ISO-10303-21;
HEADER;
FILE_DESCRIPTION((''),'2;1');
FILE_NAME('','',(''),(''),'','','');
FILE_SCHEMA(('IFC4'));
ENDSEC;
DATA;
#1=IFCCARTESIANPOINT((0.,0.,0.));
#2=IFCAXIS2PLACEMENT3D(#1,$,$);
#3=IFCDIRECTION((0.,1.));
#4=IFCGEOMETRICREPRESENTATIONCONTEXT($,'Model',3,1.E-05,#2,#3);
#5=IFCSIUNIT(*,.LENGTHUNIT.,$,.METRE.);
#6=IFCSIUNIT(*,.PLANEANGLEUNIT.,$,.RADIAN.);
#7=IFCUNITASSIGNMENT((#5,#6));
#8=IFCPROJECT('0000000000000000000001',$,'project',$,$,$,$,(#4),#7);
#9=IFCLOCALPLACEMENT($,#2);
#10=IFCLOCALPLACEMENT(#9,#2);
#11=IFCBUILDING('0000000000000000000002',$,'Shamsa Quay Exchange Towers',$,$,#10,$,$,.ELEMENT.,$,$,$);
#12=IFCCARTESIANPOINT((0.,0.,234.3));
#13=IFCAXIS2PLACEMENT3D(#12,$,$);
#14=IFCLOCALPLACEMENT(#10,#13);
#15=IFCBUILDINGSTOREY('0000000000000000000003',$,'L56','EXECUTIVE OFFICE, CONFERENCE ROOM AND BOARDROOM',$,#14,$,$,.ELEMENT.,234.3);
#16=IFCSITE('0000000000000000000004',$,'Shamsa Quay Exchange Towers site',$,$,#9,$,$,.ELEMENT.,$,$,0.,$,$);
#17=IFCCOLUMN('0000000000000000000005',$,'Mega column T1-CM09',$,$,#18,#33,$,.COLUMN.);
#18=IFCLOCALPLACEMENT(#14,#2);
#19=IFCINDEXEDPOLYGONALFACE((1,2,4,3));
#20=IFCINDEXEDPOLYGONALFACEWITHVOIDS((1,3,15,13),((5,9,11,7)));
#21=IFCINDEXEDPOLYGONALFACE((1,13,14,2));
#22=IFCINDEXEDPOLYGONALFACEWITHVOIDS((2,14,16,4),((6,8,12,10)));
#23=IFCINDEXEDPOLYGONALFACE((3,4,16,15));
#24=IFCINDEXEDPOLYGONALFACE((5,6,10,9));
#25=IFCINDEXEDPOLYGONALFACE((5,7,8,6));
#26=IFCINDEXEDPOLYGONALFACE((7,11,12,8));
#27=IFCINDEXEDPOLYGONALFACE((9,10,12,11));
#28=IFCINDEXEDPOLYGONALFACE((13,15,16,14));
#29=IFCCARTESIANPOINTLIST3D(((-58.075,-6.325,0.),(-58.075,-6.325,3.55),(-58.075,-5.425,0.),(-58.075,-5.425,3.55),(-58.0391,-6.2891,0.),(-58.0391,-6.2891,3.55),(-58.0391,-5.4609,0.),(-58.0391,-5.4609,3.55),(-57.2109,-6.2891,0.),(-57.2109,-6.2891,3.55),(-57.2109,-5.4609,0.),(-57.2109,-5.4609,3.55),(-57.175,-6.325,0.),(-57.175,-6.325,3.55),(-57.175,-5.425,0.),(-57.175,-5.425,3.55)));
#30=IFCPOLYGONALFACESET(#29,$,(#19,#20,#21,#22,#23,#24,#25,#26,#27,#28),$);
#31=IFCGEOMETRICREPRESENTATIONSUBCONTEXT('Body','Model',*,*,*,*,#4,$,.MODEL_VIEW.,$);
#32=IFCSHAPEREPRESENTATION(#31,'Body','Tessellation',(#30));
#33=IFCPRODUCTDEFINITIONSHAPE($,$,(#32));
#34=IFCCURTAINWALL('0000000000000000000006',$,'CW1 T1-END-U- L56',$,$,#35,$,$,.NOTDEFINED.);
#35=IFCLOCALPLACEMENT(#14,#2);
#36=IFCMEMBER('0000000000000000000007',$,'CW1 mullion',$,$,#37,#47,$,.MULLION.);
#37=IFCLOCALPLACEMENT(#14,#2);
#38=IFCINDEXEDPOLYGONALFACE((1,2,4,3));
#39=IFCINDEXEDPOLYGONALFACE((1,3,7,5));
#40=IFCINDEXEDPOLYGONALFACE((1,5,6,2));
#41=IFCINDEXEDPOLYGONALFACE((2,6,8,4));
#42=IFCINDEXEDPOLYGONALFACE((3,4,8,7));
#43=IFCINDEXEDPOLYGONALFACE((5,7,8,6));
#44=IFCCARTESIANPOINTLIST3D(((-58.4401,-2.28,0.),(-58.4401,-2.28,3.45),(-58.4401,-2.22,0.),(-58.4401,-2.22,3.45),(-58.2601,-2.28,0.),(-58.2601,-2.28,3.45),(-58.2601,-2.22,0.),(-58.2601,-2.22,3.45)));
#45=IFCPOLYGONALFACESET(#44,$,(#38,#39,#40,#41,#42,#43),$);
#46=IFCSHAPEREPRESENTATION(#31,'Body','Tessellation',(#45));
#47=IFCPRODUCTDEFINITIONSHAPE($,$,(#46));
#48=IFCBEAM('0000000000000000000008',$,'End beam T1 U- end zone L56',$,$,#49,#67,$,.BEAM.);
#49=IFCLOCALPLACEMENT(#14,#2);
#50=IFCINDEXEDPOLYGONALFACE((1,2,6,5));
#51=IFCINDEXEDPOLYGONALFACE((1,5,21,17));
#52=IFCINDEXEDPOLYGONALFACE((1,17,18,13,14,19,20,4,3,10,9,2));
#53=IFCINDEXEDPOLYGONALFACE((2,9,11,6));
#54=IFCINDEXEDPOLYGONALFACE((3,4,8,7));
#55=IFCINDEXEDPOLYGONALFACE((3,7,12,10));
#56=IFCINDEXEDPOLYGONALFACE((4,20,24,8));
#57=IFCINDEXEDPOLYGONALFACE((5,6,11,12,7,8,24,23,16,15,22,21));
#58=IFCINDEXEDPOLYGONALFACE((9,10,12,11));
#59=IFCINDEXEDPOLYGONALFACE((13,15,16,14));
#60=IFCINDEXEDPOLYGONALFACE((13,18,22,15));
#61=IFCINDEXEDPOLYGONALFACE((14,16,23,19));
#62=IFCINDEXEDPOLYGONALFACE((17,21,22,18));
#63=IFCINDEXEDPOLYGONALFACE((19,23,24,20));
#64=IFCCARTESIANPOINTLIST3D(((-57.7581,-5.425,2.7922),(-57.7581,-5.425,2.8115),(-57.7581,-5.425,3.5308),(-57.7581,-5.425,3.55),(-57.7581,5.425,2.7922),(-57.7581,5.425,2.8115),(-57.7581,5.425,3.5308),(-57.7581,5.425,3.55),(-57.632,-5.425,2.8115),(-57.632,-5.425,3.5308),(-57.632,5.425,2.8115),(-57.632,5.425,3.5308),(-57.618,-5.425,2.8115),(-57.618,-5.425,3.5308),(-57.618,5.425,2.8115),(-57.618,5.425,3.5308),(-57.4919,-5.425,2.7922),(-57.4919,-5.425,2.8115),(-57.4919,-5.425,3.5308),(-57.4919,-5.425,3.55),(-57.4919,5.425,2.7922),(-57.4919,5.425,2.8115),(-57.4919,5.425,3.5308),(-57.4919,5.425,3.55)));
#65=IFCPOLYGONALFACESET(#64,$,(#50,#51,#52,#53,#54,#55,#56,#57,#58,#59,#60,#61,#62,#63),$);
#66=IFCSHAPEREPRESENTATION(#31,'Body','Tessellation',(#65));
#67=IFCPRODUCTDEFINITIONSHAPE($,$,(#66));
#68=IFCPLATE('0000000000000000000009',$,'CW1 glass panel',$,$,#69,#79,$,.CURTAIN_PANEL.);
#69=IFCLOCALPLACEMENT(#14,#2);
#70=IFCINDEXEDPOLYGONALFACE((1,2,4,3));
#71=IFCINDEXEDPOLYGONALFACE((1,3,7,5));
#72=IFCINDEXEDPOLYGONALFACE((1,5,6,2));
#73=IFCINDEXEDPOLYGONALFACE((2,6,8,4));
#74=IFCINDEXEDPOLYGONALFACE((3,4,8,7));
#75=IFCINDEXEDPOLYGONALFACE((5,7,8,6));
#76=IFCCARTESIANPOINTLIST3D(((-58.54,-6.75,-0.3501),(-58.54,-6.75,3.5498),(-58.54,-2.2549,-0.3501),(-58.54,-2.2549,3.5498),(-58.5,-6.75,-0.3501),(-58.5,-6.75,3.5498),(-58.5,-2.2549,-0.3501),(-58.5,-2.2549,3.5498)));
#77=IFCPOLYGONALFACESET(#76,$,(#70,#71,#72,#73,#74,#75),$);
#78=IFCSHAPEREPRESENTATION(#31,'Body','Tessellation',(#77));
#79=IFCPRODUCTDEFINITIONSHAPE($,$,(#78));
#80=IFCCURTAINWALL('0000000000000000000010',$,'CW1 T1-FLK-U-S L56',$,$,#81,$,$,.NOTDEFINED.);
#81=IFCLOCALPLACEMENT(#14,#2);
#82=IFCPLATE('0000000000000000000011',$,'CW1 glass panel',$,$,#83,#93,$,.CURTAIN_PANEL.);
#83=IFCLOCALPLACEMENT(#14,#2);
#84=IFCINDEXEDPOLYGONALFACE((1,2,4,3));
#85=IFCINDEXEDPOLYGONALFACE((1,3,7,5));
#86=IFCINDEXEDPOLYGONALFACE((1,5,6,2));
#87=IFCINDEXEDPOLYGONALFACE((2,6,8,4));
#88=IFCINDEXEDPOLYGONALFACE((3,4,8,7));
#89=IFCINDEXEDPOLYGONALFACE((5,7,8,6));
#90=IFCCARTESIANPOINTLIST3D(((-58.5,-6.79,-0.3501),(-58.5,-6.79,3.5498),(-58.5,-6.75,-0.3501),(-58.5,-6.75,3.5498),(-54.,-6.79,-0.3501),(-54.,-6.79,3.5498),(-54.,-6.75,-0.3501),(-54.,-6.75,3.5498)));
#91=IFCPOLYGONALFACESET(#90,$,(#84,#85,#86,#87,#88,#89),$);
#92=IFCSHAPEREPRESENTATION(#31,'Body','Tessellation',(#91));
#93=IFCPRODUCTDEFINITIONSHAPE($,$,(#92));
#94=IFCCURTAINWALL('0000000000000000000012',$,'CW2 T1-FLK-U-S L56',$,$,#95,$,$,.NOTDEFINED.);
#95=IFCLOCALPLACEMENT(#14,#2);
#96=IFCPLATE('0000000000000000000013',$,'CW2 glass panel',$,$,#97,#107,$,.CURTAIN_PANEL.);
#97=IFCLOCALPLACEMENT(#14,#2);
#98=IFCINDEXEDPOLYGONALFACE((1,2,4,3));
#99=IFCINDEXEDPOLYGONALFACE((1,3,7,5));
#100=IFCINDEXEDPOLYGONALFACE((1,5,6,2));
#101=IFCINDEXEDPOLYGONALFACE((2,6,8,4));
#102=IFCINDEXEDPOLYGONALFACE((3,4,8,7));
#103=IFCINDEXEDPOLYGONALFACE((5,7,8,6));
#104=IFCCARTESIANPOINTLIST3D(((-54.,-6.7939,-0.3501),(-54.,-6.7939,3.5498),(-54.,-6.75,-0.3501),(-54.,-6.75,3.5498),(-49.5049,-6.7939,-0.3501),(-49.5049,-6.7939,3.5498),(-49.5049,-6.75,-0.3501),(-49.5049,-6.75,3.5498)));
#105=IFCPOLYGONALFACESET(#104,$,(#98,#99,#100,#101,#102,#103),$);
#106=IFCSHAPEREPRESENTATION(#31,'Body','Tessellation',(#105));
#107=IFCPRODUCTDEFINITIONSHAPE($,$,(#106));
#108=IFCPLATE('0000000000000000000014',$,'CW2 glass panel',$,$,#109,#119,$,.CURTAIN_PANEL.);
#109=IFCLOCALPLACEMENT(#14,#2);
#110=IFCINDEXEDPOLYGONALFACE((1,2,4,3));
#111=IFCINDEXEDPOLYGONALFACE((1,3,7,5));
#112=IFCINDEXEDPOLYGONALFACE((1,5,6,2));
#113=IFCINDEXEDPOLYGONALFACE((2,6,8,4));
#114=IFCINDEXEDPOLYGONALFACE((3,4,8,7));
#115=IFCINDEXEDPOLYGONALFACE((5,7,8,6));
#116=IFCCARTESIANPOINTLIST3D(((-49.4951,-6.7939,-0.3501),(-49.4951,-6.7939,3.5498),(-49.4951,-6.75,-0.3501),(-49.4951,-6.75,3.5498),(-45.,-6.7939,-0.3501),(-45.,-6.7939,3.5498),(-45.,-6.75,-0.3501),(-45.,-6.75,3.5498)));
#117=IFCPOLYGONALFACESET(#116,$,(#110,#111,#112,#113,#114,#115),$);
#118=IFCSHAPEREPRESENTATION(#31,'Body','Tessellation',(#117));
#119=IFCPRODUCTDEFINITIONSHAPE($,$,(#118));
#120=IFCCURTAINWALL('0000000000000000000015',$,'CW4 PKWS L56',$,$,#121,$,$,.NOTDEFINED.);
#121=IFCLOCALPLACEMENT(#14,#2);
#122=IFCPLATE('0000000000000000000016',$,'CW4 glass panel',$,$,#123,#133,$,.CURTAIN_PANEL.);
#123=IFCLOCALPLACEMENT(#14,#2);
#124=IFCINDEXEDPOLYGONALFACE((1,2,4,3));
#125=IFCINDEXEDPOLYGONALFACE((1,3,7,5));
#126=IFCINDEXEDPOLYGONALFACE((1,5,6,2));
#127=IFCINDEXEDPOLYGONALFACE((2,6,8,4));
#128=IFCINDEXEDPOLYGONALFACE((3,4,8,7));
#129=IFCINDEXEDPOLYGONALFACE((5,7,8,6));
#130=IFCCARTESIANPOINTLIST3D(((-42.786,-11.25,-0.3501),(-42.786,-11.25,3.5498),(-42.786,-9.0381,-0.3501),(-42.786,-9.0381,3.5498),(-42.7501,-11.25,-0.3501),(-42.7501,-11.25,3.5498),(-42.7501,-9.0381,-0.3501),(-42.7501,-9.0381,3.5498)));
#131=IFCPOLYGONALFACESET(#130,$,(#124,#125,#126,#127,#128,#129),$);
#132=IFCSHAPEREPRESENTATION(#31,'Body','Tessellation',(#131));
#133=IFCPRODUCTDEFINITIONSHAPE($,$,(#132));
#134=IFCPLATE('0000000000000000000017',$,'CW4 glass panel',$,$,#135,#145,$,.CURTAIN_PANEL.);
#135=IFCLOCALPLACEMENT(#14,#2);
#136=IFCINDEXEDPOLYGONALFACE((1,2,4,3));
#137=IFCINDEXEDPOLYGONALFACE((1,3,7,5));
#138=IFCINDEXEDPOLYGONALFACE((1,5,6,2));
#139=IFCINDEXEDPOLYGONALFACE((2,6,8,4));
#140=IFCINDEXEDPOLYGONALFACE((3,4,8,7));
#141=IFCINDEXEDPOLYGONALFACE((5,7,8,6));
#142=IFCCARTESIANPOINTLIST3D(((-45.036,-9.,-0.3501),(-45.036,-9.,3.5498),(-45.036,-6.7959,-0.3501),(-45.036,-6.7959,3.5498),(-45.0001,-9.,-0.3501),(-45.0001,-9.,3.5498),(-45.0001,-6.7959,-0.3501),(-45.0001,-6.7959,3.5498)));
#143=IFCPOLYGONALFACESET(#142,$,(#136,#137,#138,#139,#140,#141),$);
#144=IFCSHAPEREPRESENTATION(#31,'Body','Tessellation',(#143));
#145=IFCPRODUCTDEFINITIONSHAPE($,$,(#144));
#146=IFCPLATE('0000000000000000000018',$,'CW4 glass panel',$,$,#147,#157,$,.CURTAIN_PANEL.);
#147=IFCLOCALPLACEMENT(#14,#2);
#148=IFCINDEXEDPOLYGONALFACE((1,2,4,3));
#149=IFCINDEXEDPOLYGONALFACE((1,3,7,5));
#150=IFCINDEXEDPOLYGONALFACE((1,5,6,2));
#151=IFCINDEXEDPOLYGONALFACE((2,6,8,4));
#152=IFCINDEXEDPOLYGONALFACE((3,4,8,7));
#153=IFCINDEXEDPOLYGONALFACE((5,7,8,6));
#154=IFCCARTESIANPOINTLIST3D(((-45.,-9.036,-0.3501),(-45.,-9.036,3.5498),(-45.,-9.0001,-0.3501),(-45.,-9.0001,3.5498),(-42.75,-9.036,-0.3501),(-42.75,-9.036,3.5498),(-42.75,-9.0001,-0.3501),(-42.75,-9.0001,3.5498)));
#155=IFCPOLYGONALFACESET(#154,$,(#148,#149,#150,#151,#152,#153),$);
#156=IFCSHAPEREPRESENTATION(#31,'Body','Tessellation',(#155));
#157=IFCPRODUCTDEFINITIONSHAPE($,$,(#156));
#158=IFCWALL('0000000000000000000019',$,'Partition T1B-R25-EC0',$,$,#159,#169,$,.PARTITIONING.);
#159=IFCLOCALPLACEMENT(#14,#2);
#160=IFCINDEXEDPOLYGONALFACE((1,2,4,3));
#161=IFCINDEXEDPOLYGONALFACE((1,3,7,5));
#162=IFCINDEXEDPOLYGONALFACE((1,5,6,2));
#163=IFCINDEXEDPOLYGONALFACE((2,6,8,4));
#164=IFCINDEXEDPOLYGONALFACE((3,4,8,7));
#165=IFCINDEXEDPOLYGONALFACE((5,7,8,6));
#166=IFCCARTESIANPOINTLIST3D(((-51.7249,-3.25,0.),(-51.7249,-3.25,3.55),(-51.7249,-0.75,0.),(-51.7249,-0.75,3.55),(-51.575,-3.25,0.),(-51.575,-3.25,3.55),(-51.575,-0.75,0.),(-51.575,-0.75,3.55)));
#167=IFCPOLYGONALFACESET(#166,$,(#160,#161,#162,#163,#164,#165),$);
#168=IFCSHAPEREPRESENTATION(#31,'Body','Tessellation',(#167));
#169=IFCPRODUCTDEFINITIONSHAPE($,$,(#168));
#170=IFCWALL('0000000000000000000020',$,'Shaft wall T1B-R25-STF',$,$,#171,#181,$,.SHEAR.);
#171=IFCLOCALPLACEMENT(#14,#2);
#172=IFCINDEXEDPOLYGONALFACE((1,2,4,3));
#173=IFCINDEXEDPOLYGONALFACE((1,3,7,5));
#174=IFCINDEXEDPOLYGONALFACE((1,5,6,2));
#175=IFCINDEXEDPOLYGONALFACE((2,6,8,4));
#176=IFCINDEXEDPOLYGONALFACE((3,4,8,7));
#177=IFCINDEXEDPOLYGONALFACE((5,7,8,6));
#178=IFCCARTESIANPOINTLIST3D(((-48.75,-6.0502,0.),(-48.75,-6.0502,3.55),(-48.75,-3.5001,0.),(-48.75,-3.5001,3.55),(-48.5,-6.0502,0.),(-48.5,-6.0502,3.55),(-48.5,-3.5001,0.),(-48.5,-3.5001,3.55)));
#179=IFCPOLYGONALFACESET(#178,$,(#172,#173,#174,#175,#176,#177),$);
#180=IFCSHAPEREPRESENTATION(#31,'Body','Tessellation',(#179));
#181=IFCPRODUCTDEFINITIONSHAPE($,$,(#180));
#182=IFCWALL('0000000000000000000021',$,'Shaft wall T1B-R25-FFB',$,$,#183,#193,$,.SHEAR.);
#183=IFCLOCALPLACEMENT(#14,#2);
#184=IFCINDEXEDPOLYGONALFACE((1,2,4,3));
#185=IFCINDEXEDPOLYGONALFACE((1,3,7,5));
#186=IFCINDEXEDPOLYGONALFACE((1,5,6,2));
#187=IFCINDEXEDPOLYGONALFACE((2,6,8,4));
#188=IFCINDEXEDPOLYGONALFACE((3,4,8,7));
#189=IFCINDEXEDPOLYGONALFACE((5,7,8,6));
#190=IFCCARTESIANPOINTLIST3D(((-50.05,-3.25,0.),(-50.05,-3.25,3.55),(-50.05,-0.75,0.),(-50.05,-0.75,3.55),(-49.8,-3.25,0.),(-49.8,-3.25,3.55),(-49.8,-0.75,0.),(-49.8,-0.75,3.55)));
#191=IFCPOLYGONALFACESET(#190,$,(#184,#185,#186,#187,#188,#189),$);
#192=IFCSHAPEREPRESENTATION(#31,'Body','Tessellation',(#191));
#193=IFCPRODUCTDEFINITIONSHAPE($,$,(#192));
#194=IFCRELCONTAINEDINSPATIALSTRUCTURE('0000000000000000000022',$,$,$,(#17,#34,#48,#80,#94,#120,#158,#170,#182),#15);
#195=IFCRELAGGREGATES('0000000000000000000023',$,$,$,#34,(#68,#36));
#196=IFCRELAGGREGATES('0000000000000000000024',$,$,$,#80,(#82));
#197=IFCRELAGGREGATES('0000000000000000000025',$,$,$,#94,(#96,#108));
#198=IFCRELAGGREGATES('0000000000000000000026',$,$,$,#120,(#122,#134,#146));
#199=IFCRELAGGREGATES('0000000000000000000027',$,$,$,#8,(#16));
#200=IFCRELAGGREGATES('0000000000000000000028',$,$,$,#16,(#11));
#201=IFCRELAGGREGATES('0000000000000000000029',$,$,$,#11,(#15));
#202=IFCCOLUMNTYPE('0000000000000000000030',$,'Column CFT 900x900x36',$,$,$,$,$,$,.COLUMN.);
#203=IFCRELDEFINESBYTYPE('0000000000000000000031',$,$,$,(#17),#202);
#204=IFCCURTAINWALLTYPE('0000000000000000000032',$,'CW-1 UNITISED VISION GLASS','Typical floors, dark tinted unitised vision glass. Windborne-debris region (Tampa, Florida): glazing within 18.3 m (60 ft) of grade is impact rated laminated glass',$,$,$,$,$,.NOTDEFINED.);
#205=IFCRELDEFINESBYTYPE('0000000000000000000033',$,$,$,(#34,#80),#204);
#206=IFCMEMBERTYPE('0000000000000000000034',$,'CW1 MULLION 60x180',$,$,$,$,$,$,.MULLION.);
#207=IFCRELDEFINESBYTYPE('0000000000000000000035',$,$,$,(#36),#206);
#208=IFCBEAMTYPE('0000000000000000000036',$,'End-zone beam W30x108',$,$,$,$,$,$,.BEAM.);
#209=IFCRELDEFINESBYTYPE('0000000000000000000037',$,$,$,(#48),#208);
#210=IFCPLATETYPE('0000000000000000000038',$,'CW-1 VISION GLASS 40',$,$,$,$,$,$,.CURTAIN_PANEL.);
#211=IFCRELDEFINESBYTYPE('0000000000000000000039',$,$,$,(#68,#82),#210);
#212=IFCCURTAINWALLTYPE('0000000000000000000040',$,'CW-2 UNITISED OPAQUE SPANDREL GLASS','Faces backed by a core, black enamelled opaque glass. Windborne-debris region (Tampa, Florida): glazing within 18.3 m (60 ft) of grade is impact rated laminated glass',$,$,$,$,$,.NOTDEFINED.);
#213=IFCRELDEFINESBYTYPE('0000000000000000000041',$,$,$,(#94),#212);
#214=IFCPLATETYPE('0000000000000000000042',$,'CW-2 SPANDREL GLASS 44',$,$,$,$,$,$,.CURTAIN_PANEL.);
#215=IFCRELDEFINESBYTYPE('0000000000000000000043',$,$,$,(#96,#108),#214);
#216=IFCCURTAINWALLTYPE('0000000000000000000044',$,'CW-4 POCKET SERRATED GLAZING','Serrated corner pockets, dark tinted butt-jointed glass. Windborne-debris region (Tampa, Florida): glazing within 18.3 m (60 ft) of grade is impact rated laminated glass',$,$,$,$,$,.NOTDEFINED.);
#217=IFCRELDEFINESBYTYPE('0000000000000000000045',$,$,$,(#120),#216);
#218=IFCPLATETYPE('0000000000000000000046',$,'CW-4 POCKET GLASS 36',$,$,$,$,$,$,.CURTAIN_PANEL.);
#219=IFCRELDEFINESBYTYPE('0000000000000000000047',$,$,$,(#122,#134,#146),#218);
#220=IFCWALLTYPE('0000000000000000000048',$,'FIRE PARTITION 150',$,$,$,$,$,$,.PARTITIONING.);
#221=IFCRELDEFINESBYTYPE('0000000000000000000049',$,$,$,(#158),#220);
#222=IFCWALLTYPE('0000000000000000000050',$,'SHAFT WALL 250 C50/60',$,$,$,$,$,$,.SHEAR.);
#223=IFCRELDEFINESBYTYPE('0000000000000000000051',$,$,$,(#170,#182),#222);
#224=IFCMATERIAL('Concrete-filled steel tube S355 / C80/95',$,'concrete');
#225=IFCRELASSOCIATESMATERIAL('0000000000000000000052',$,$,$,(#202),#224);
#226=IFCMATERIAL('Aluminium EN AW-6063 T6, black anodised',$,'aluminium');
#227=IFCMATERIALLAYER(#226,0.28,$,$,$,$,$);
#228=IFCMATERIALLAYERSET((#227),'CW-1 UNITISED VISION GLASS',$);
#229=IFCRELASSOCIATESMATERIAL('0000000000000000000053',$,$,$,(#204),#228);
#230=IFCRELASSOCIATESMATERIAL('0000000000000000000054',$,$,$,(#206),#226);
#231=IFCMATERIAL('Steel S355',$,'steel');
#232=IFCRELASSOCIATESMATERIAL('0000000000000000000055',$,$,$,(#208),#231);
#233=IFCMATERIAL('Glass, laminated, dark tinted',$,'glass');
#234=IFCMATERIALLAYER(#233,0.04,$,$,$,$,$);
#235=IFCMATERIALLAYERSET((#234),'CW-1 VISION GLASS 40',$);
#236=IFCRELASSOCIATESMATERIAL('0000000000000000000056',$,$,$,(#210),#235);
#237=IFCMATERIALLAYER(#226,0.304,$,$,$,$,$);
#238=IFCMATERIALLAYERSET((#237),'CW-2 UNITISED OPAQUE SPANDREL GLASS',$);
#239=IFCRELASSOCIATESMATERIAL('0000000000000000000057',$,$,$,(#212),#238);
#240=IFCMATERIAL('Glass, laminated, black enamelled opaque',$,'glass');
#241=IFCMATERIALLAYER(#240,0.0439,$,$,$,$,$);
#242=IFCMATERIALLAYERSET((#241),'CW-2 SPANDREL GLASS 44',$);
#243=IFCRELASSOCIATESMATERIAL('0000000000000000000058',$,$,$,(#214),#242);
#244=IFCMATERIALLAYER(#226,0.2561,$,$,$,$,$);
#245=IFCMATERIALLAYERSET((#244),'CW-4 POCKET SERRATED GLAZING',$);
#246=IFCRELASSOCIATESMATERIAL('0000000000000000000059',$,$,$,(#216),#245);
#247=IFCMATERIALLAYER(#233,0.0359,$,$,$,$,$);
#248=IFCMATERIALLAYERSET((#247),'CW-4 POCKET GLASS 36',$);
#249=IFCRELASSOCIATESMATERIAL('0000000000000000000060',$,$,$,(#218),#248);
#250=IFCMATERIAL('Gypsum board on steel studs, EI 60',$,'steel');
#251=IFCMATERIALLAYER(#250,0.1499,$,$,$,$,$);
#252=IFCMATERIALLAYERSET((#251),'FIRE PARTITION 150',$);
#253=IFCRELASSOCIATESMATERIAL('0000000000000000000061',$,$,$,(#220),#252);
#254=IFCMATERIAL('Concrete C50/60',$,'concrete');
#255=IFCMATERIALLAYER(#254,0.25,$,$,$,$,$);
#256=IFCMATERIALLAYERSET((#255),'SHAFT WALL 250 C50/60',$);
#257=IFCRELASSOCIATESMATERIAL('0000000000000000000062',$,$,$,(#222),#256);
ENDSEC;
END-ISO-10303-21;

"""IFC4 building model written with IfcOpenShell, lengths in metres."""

from ifc_helpers import new_model, si_unit, direction, frame, frame_2d, origin, origin_2d, place, context, subcontext, project, spatial, rectangle, hollow_rectangle, i_section, extrude, material, layer, layer_set, material_profile, profile_set, type_object, element, aggregate, save


model = new_model("IFC4")

# Units and contexts
model_context = context("Model", 3, precision=1e-05, world=origin(), true_north=direction((0.0, 1.0)))
body_context = subcontext(model_context, "Body", "Model", "MODEL_VIEW")
ifc_project = project(units=[si_unit("LENGTHUNIT", "METRE"), si_unit("PLANEANGLEUNIT", "RADIAN")], contexts=[model_context])

# Site, building, storey
site_placement = place(None, origin())
site = spatial("IfcSite", under=ifc_project, at=site_placement, Name="Shamsa Quay Exchange Towers site", CompositionType="ELEMENT", RefElevation=0.0)
building_placement = place(site_placement, origin())
building = spatial("IfcBuilding", under=site, at=building_placement, Name="Shamsa Quay Exchange Towers", CompositionType="ELEMENT")
storey_placement = place(building_placement, frame((0.0, 0.0, 234.3)))
storey = spatial("IfcBuildingStorey", under=building, at=storey_placement, Name="L56", Description="EXECUTIVE OFFICE, CONFERENCE ROOM AND BOARDROOM", CompositionType="ELEMENT", Elevation=234.3)

# Column
ifc_material_1 = material(Name="Concrete-filled steel tube S355 / C80/95", Category="concrete")
ifc_material_profile_1 = material_profile(ifc_material_1, hollow_rectangle(XDim=0.8999, YDim=0.8999, WallThickness=0.0359, at=origin_2d()), Name="CFT 900x900x36")
ifc_profile_set_1 = profile_set([ifc_material_profile_1], Name="Concrete-filled steel tube S355 / C80/95")
column_type = type_object("IfcColumnType", Name="Column CFT 900x900x36", PredefinedType="COLUMN", material=ifc_profile_set_1)
column_placement = place(storey_placement, frame((-57.625, -5.875, 0.0)))
element("IfcColumn", 1, at=column_placement, inside=storey, type_object=column_type, Name="Mega column T1-CM09", PredefinedType="COLUMN", context=body_context, shape_type="SweptSolid", body=[
    extrude(hollow_rectangle(XDim=0.8999, YDim=0.8999, WallThickness=0.0359, at=origin_2d()), origin(), (0.0, 0.0, 1.0), 3.55),
])

# Curtain wall, member
ifc_material_2 = material(Name="Aluminium EN AW-6063 T6, black anodised", Category="aluminium")
ifc_layer_1 = layer(ifc_material_2, 0.28)
ifc_layer_set_1 = layer_set([ifc_layer_1], Name="CW-1 UNITISED VISION GLASS")
curtain_wall_type_1 = type_object("IfcCurtainWallType", Name="CW-1 UNITISED VISION GLASS", Description="Typical floors, dark tinted unitised vision glass. Windborne-debris region (Tampa, Florida): glazing within 18.3 m (60 ft) of grade is impact rated laminated glass", PredefinedType="NOTDEFINED", material=ifc_layer_set_1)
curtain_wall_1_placement = place(storey_placement, origin())
curtain_wall_1 = element("IfcCurtainWall", 2, at=curtain_wall_1_placement, inside=storey, type_object=curtain_wall_type_1, Name="CW1 T1-END-U- L56", PredefinedType="NOTDEFINED")
ifc_material_profile_2 = material_profile(ifc_material_2, rectangle(XDim=0.1799, YDim=0.0601, at=origin_2d()), Name="MU60x180")
ifc_profile_set_2 = profile_set([ifc_material_profile_2], Name="Aluminium EN AW-6063 T6, black anodised")
member_type = type_object("IfcMemberType", Name="CW1 MULLION 60x180", PredefinedType="MULLION", material=ifc_profile_set_2)
member_placement = place(storey_placement, frame((-58.3501, -2.25, 0.0)))
member = element("IfcMember", 3, at=member_placement, type_object=member_type, Name="CW1 mullion", PredefinedType="MULLION", context=body_context, shape_type="SweptSolid", body=[
    extrude(rectangle(XDim=0.1799, YDim=0.0601, at=origin_2d()), origin(), (0.0, 0.0, 1.0), 3.45),
])

# Beam
ifc_material_3 = material(Name="Steel S355", Category="steel")
ifc_material_profile_3 = material_profile(ifc_material_3, i_section(OverallWidth=0.2661, OverallDepth=0.7578, WebThickness=0.0139, FlangeThickness=0.0193, at=origin_2d()), Name="W30x108")
ifc_profile_set_3 = profile_set([ifc_material_profile_3], Name="Steel S355")
beam_type = type_object("IfcBeamType", Name="End-zone beam W30x108", PredefinedType="BEAM", material=ifc_profile_set_3)
beam_placement = place(storey_placement, frame((-57.625, -5.425, 3.1711), z_axis=(0.0, 1.0, 0.0), x_axis=(-1.0, 0.0, 0.0)))
element("IfcBeam", 4, at=beam_placement, inside=storey, type_object=beam_type, Name="End beam T1 U- end zone L56", PredefinedType="BEAM", context=body_context, shape_type="SweptSolid", body=[
    extrude(i_section(OverallWidth=0.2661, OverallDepth=0.7578, WebThickness=0.0139, FlangeThickness=0.0193, at=origin_2d()), origin(), (0.0, 0.0, 1.0), 10.8501),
])

# Plate
ifc_material_4 = material(Name="Glass, laminated, dark tinted", Category="glass")
ifc_layer_2 = layer(ifc_material_4, 0.04)
ifc_layer_set_2 = layer_set([ifc_layer_2], Name="CW-1 VISION GLASS 40")
plate_type_1 = type_object("IfcPlateType", Name="CW-1 VISION GLASS 40", PredefinedType="CURTAIN_PANEL", material=ifc_layer_set_2)
plate_1_placement = place(storey_placement, frame((-58.52, -4.5024, -0.3501), z_axis=(0.0, 0.0, 1.0), x_axis=(0.0, -1.0, 0.0)))
plate_1 = element("IfcPlate", 5, at=plate_1_placement, type_object=plate_type_1, Name="CW1 glass panel", PredefinedType="CURTAIN_PANEL", context=body_context, shape_type="SweptSolid", body=[
    extrude(rectangle(XDim=4.4951, YDim=0.04, at=origin_2d()), origin(), (0.0, 0.0, 1.0), 3.8999),
])
aggregate(curtain_wall_1, [plate_1, member])

# Curtain wall, plate
curtain_wall_2_placement = place(storey_placement, origin())
curtain_wall_2 = element("IfcCurtainWall", 6, at=curtain_wall_2_placement, inside=storey, type_object=curtain_wall_type_1, Name="CW1 T1-FLK-U-S L56", PredefinedType="NOTDEFINED")
plate_2_placement = place(storey_placement, frame((-56.25, -6.77, -0.3501)))
plate_2 = element("IfcPlate", 7, at=plate_2_placement, type_object=plate_type_1, Name="CW1 glass panel", PredefinedType="CURTAIN_PANEL", context=body_context, shape_type="SweptSolid", body=[
    extrude(rectangle(XDim=4.5, YDim=0.04, at=origin_2d()), origin(), (0.0, 0.0, 1.0), 3.8999),
])
aggregate(curtain_wall_2, [plate_2])

# Curtain walls, plates
ifc_layer_3 = layer(ifc_material_2, 0.304)
ifc_layer_set_3 = layer_set([ifc_layer_3], Name="CW-2 UNITISED OPAQUE SPANDREL GLASS")
curtain_wall_type_2 = type_object("IfcCurtainWallType", Name="CW-2 UNITISED OPAQUE SPANDREL GLASS", Description="Faces backed by a core, black enamelled opaque glass. Windborne-debris region (Tampa, Florida): glazing within 18.3 m (60 ft) of grade is impact rated laminated glass", PredefinedType="NOTDEFINED", material=ifc_layer_set_3)
curtain_wall_3_placement = place(storey_placement, origin())
curtain_wall_3 = element("IfcCurtainWall", 8, at=curtain_wall_3_placement, inside=storey, type_object=curtain_wall_type_2, Name="CW2 T1-FLK-U-S L56", PredefinedType="NOTDEFINED")
ifc_material_5 = material(Name="Glass, laminated, black enamelled opaque", Category="glass")
ifc_layer_4 = layer(ifc_material_5, 0.0439)
ifc_layer_set_4 = layer_set([ifc_layer_4], Name="CW-2 SPANDREL GLASS 44")
plate_type_2 = type_object("IfcPlateType", Name="CW-2 SPANDREL GLASS 44", PredefinedType="CURTAIN_PANEL", material=ifc_layer_set_4)
plate_3_placement = place(storey_placement, frame((-51.7524, -6.772, -0.3501)))
plate_3 = element("IfcPlate", 9, at=plate_3_placement, type_object=plate_type_2, Name="CW2 glass panel", PredefinedType="CURTAIN_PANEL", context=body_context, shape_type="SweptSolid", body=[
    extrude(rectangle(XDim=4.4951, YDim=0.0439, at=origin_2d()), origin(), (0.0, 0.0, 1.0), 3.8999),
])
plate_4_placement = place(storey_placement, frame((-47.2476, -6.772, -0.3501)))
plate_4 = element("IfcPlate", 10, at=plate_4_placement, type_object=plate_type_2, Name="CW2 glass panel", PredefinedType="CURTAIN_PANEL", context=body_context, shape_type="SweptSolid", body=[
    extrude(rectangle(XDim=4.4951, YDim=0.0439, at=origin_2d()), origin(), (0.0, 0.0, 1.0), 3.8999),
])
aggregate(curtain_wall_3, [plate_3, plate_4])
ifc_layer_5 = layer(ifc_material_2, 0.2561)
ifc_layer_set_5 = layer_set([ifc_layer_5], Name="CW-4 POCKET SERRATED GLAZING")
curtain_wall_type_3 = type_object("IfcCurtainWallType", Name="CW-4 POCKET SERRATED GLAZING", Description="Serrated corner pockets, dark tinted butt-jointed glass. Windborne-debris region (Tampa, Florida): glazing within 18.3 m (60 ft) of grade is impact rated laminated glass", PredefinedType="NOTDEFINED", material=ifc_layer_set_5)
curtain_wall_4_placement = place(storey_placement, origin())
curtain_wall_4 = element("IfcCurtainWall", 11, at=curtain_wall_4_placement, inside=storey, type_object=curtain_wall_type_3, Name="CW4 PKWS L56", PredefinedType="NOTDEFINED")
ifc_layer_6 = layer(ifc_material_4, 0.0359)
ifc_layer_set_6 = layer_set([ifc_layer_6], Name="CW-4 POCKET GLASS 36")
plate_type_3 = type_object("IfcPlateType", Name="CW-4 POCKET GLASS 36", PredefinedType="CURTAIN_PANEL", material=ifc_layer_set_6)
plate_5_placement = place(storey_placement, frame((-42.7681, -10.144, -0.3501), z_axis=(0.0, 0.0, 1.0), x_axis=(0.0, -1.0, 0.0)))
plate_5 = element("IfcPlate", 12, at=plate_5_placement, type_object=plate_type_3, Name="CW4 glass panel", PredefinedType="CURTAIN_PANEL", context=body_context, shape_type="SweptSolid", body=[
    extrude(rectangle(XDim=2.2119, YDim=0.0359, at=origin_2d()), origin(), (0.0, 0.0, 1.0), 3.8999),
])
plate_6_placement = place(storey_placement, frame((-45.0181, -7.8979, -0.3501), z_axis=(0.0, 0.0, 1.0), x_axis=(0.0, -1.0, 0.0)))
plate_6 = element("IfcPlate", 13, at=plate_6_placement, type_object=plate_type_3, Name="CW4 glass panel", PredefinedType="CURTAIN_PANEL", context=body_context, shape_type="SweptSolid", body=[
    extrude(rectangle(XDim=2.2041, YDim=0.0359, at=origin_2d()), origin(), (0.0, 0.0, 1.0), 3.8999),
])
plate_7_placement = place(storey_placement, frame((-43.875, -9.0181, -0.3501)))
plate_7 = element("IfcPlate", 14, at=plate_7_placement, type_object=plate_type_3, Name="CW4 glass panel", PredefinedType="CURTAIN_PANEL", context=body_context, shape_type="SweptSolid", body=[
    extrude(rectangle(XDim=2.25, YDim=0.0359, at=origin_2d()), origin(), (0.0, 0.0, 1.0), 3.8999),
])
aggregate(curtain_wall_4, [plate_5, plate_6, plate_7])

# Walls
ifc_material_6 = material(Name="Gypsum board on steel studs, EI 60", Category="steel")
ifc_layer_7 = layer(ifc_material_6, 0.1499)
ifc_layer_set_7 = layer_set([ifc_layer_7], Name="FIRE PARTITION 150")
wall_type_1 = type_object("IfcWallType", Name="FIRE PARTITION 150", PredefinedType="PARTITIONING", material=ifc_layer_set_7)
wall_1_placement = place(storey_placement, frame((-51.6499, -3.25, 0.0), z_axis=(0.0, 0.0, 1.0), x_axis=(0.0, 1.0, 0.0)))
element("IfcWall", 15, at=wall_1_placement, inside=storey, type_object=wall_type_1, Name="Partition T1B-R25-EC0", PredefinedType="PARTITIONING", context=body_context, shape_type="SweptSolid", body=[
    extrude(rectangle(XDim=2.5, YDim=0.1499, at=frame_2d((1.25, 0.0))), origin(), (0.0, 0.0, 1.0), 3.55),
])
ifc_material_7 = material(Name="Concrete C50/60", Category="concrete")
ifc_layer_8 = layer(ifc_material_7, 0.25)
ifc_layer_set_8 = layer_set([ifc_layer_8], Name="SHAFT WALL 250 C50/60")
wall_type_2 = type_object("IfcWallType", Name="SHAFT WALL 250 C50/60", PredefinedType="SHEAR", material=ifc_layer_set_8)
wall_2_placement = place(storey_placement, frame((-48.625, -6.05, 0.0), z_axis=(0.0, 0.0, 1.0), x_axis=(0.0, 1.0, 0.0)))
element("IfcWall", 16, at=wall_2_placement, inside=storey, type_object=wall_type_2, Name="Shaft wall T1B-R25-STF", PredefinedType="SHEAR", context=body_context, shape_type="SweptSolid", body=[
    extrude(rectangle(XDim=2.55, YDim=0.25, at=frame_2d((1.2749, 0.0))), origin(), (0.0, 0.0, 1.0), 3.55),
])

# Wall
wall_3_placement = place(storey_placement, frame((-49.925, -3.25, 0.0), z_axis=(0.0, 0.0, 1.0), x_axis=(0.0, 1.0, 0.0)))
element("IfcWall", 17, at=wall_3_placement, inside=storey, type_object=wall_type_2, Name="Shaft wall T1B-R25-FFB", PredefinedType="SHEAR", context=body_context, shape_type="SweptSolid", body=[
    extrude(rectangle(XDim=2.5, YDim=0.25, at=frame_2d((1.25, 0.0))), origin(), (0.0, 0.0, 1.0), 3.55),
])

save(model, "model.ifc")
